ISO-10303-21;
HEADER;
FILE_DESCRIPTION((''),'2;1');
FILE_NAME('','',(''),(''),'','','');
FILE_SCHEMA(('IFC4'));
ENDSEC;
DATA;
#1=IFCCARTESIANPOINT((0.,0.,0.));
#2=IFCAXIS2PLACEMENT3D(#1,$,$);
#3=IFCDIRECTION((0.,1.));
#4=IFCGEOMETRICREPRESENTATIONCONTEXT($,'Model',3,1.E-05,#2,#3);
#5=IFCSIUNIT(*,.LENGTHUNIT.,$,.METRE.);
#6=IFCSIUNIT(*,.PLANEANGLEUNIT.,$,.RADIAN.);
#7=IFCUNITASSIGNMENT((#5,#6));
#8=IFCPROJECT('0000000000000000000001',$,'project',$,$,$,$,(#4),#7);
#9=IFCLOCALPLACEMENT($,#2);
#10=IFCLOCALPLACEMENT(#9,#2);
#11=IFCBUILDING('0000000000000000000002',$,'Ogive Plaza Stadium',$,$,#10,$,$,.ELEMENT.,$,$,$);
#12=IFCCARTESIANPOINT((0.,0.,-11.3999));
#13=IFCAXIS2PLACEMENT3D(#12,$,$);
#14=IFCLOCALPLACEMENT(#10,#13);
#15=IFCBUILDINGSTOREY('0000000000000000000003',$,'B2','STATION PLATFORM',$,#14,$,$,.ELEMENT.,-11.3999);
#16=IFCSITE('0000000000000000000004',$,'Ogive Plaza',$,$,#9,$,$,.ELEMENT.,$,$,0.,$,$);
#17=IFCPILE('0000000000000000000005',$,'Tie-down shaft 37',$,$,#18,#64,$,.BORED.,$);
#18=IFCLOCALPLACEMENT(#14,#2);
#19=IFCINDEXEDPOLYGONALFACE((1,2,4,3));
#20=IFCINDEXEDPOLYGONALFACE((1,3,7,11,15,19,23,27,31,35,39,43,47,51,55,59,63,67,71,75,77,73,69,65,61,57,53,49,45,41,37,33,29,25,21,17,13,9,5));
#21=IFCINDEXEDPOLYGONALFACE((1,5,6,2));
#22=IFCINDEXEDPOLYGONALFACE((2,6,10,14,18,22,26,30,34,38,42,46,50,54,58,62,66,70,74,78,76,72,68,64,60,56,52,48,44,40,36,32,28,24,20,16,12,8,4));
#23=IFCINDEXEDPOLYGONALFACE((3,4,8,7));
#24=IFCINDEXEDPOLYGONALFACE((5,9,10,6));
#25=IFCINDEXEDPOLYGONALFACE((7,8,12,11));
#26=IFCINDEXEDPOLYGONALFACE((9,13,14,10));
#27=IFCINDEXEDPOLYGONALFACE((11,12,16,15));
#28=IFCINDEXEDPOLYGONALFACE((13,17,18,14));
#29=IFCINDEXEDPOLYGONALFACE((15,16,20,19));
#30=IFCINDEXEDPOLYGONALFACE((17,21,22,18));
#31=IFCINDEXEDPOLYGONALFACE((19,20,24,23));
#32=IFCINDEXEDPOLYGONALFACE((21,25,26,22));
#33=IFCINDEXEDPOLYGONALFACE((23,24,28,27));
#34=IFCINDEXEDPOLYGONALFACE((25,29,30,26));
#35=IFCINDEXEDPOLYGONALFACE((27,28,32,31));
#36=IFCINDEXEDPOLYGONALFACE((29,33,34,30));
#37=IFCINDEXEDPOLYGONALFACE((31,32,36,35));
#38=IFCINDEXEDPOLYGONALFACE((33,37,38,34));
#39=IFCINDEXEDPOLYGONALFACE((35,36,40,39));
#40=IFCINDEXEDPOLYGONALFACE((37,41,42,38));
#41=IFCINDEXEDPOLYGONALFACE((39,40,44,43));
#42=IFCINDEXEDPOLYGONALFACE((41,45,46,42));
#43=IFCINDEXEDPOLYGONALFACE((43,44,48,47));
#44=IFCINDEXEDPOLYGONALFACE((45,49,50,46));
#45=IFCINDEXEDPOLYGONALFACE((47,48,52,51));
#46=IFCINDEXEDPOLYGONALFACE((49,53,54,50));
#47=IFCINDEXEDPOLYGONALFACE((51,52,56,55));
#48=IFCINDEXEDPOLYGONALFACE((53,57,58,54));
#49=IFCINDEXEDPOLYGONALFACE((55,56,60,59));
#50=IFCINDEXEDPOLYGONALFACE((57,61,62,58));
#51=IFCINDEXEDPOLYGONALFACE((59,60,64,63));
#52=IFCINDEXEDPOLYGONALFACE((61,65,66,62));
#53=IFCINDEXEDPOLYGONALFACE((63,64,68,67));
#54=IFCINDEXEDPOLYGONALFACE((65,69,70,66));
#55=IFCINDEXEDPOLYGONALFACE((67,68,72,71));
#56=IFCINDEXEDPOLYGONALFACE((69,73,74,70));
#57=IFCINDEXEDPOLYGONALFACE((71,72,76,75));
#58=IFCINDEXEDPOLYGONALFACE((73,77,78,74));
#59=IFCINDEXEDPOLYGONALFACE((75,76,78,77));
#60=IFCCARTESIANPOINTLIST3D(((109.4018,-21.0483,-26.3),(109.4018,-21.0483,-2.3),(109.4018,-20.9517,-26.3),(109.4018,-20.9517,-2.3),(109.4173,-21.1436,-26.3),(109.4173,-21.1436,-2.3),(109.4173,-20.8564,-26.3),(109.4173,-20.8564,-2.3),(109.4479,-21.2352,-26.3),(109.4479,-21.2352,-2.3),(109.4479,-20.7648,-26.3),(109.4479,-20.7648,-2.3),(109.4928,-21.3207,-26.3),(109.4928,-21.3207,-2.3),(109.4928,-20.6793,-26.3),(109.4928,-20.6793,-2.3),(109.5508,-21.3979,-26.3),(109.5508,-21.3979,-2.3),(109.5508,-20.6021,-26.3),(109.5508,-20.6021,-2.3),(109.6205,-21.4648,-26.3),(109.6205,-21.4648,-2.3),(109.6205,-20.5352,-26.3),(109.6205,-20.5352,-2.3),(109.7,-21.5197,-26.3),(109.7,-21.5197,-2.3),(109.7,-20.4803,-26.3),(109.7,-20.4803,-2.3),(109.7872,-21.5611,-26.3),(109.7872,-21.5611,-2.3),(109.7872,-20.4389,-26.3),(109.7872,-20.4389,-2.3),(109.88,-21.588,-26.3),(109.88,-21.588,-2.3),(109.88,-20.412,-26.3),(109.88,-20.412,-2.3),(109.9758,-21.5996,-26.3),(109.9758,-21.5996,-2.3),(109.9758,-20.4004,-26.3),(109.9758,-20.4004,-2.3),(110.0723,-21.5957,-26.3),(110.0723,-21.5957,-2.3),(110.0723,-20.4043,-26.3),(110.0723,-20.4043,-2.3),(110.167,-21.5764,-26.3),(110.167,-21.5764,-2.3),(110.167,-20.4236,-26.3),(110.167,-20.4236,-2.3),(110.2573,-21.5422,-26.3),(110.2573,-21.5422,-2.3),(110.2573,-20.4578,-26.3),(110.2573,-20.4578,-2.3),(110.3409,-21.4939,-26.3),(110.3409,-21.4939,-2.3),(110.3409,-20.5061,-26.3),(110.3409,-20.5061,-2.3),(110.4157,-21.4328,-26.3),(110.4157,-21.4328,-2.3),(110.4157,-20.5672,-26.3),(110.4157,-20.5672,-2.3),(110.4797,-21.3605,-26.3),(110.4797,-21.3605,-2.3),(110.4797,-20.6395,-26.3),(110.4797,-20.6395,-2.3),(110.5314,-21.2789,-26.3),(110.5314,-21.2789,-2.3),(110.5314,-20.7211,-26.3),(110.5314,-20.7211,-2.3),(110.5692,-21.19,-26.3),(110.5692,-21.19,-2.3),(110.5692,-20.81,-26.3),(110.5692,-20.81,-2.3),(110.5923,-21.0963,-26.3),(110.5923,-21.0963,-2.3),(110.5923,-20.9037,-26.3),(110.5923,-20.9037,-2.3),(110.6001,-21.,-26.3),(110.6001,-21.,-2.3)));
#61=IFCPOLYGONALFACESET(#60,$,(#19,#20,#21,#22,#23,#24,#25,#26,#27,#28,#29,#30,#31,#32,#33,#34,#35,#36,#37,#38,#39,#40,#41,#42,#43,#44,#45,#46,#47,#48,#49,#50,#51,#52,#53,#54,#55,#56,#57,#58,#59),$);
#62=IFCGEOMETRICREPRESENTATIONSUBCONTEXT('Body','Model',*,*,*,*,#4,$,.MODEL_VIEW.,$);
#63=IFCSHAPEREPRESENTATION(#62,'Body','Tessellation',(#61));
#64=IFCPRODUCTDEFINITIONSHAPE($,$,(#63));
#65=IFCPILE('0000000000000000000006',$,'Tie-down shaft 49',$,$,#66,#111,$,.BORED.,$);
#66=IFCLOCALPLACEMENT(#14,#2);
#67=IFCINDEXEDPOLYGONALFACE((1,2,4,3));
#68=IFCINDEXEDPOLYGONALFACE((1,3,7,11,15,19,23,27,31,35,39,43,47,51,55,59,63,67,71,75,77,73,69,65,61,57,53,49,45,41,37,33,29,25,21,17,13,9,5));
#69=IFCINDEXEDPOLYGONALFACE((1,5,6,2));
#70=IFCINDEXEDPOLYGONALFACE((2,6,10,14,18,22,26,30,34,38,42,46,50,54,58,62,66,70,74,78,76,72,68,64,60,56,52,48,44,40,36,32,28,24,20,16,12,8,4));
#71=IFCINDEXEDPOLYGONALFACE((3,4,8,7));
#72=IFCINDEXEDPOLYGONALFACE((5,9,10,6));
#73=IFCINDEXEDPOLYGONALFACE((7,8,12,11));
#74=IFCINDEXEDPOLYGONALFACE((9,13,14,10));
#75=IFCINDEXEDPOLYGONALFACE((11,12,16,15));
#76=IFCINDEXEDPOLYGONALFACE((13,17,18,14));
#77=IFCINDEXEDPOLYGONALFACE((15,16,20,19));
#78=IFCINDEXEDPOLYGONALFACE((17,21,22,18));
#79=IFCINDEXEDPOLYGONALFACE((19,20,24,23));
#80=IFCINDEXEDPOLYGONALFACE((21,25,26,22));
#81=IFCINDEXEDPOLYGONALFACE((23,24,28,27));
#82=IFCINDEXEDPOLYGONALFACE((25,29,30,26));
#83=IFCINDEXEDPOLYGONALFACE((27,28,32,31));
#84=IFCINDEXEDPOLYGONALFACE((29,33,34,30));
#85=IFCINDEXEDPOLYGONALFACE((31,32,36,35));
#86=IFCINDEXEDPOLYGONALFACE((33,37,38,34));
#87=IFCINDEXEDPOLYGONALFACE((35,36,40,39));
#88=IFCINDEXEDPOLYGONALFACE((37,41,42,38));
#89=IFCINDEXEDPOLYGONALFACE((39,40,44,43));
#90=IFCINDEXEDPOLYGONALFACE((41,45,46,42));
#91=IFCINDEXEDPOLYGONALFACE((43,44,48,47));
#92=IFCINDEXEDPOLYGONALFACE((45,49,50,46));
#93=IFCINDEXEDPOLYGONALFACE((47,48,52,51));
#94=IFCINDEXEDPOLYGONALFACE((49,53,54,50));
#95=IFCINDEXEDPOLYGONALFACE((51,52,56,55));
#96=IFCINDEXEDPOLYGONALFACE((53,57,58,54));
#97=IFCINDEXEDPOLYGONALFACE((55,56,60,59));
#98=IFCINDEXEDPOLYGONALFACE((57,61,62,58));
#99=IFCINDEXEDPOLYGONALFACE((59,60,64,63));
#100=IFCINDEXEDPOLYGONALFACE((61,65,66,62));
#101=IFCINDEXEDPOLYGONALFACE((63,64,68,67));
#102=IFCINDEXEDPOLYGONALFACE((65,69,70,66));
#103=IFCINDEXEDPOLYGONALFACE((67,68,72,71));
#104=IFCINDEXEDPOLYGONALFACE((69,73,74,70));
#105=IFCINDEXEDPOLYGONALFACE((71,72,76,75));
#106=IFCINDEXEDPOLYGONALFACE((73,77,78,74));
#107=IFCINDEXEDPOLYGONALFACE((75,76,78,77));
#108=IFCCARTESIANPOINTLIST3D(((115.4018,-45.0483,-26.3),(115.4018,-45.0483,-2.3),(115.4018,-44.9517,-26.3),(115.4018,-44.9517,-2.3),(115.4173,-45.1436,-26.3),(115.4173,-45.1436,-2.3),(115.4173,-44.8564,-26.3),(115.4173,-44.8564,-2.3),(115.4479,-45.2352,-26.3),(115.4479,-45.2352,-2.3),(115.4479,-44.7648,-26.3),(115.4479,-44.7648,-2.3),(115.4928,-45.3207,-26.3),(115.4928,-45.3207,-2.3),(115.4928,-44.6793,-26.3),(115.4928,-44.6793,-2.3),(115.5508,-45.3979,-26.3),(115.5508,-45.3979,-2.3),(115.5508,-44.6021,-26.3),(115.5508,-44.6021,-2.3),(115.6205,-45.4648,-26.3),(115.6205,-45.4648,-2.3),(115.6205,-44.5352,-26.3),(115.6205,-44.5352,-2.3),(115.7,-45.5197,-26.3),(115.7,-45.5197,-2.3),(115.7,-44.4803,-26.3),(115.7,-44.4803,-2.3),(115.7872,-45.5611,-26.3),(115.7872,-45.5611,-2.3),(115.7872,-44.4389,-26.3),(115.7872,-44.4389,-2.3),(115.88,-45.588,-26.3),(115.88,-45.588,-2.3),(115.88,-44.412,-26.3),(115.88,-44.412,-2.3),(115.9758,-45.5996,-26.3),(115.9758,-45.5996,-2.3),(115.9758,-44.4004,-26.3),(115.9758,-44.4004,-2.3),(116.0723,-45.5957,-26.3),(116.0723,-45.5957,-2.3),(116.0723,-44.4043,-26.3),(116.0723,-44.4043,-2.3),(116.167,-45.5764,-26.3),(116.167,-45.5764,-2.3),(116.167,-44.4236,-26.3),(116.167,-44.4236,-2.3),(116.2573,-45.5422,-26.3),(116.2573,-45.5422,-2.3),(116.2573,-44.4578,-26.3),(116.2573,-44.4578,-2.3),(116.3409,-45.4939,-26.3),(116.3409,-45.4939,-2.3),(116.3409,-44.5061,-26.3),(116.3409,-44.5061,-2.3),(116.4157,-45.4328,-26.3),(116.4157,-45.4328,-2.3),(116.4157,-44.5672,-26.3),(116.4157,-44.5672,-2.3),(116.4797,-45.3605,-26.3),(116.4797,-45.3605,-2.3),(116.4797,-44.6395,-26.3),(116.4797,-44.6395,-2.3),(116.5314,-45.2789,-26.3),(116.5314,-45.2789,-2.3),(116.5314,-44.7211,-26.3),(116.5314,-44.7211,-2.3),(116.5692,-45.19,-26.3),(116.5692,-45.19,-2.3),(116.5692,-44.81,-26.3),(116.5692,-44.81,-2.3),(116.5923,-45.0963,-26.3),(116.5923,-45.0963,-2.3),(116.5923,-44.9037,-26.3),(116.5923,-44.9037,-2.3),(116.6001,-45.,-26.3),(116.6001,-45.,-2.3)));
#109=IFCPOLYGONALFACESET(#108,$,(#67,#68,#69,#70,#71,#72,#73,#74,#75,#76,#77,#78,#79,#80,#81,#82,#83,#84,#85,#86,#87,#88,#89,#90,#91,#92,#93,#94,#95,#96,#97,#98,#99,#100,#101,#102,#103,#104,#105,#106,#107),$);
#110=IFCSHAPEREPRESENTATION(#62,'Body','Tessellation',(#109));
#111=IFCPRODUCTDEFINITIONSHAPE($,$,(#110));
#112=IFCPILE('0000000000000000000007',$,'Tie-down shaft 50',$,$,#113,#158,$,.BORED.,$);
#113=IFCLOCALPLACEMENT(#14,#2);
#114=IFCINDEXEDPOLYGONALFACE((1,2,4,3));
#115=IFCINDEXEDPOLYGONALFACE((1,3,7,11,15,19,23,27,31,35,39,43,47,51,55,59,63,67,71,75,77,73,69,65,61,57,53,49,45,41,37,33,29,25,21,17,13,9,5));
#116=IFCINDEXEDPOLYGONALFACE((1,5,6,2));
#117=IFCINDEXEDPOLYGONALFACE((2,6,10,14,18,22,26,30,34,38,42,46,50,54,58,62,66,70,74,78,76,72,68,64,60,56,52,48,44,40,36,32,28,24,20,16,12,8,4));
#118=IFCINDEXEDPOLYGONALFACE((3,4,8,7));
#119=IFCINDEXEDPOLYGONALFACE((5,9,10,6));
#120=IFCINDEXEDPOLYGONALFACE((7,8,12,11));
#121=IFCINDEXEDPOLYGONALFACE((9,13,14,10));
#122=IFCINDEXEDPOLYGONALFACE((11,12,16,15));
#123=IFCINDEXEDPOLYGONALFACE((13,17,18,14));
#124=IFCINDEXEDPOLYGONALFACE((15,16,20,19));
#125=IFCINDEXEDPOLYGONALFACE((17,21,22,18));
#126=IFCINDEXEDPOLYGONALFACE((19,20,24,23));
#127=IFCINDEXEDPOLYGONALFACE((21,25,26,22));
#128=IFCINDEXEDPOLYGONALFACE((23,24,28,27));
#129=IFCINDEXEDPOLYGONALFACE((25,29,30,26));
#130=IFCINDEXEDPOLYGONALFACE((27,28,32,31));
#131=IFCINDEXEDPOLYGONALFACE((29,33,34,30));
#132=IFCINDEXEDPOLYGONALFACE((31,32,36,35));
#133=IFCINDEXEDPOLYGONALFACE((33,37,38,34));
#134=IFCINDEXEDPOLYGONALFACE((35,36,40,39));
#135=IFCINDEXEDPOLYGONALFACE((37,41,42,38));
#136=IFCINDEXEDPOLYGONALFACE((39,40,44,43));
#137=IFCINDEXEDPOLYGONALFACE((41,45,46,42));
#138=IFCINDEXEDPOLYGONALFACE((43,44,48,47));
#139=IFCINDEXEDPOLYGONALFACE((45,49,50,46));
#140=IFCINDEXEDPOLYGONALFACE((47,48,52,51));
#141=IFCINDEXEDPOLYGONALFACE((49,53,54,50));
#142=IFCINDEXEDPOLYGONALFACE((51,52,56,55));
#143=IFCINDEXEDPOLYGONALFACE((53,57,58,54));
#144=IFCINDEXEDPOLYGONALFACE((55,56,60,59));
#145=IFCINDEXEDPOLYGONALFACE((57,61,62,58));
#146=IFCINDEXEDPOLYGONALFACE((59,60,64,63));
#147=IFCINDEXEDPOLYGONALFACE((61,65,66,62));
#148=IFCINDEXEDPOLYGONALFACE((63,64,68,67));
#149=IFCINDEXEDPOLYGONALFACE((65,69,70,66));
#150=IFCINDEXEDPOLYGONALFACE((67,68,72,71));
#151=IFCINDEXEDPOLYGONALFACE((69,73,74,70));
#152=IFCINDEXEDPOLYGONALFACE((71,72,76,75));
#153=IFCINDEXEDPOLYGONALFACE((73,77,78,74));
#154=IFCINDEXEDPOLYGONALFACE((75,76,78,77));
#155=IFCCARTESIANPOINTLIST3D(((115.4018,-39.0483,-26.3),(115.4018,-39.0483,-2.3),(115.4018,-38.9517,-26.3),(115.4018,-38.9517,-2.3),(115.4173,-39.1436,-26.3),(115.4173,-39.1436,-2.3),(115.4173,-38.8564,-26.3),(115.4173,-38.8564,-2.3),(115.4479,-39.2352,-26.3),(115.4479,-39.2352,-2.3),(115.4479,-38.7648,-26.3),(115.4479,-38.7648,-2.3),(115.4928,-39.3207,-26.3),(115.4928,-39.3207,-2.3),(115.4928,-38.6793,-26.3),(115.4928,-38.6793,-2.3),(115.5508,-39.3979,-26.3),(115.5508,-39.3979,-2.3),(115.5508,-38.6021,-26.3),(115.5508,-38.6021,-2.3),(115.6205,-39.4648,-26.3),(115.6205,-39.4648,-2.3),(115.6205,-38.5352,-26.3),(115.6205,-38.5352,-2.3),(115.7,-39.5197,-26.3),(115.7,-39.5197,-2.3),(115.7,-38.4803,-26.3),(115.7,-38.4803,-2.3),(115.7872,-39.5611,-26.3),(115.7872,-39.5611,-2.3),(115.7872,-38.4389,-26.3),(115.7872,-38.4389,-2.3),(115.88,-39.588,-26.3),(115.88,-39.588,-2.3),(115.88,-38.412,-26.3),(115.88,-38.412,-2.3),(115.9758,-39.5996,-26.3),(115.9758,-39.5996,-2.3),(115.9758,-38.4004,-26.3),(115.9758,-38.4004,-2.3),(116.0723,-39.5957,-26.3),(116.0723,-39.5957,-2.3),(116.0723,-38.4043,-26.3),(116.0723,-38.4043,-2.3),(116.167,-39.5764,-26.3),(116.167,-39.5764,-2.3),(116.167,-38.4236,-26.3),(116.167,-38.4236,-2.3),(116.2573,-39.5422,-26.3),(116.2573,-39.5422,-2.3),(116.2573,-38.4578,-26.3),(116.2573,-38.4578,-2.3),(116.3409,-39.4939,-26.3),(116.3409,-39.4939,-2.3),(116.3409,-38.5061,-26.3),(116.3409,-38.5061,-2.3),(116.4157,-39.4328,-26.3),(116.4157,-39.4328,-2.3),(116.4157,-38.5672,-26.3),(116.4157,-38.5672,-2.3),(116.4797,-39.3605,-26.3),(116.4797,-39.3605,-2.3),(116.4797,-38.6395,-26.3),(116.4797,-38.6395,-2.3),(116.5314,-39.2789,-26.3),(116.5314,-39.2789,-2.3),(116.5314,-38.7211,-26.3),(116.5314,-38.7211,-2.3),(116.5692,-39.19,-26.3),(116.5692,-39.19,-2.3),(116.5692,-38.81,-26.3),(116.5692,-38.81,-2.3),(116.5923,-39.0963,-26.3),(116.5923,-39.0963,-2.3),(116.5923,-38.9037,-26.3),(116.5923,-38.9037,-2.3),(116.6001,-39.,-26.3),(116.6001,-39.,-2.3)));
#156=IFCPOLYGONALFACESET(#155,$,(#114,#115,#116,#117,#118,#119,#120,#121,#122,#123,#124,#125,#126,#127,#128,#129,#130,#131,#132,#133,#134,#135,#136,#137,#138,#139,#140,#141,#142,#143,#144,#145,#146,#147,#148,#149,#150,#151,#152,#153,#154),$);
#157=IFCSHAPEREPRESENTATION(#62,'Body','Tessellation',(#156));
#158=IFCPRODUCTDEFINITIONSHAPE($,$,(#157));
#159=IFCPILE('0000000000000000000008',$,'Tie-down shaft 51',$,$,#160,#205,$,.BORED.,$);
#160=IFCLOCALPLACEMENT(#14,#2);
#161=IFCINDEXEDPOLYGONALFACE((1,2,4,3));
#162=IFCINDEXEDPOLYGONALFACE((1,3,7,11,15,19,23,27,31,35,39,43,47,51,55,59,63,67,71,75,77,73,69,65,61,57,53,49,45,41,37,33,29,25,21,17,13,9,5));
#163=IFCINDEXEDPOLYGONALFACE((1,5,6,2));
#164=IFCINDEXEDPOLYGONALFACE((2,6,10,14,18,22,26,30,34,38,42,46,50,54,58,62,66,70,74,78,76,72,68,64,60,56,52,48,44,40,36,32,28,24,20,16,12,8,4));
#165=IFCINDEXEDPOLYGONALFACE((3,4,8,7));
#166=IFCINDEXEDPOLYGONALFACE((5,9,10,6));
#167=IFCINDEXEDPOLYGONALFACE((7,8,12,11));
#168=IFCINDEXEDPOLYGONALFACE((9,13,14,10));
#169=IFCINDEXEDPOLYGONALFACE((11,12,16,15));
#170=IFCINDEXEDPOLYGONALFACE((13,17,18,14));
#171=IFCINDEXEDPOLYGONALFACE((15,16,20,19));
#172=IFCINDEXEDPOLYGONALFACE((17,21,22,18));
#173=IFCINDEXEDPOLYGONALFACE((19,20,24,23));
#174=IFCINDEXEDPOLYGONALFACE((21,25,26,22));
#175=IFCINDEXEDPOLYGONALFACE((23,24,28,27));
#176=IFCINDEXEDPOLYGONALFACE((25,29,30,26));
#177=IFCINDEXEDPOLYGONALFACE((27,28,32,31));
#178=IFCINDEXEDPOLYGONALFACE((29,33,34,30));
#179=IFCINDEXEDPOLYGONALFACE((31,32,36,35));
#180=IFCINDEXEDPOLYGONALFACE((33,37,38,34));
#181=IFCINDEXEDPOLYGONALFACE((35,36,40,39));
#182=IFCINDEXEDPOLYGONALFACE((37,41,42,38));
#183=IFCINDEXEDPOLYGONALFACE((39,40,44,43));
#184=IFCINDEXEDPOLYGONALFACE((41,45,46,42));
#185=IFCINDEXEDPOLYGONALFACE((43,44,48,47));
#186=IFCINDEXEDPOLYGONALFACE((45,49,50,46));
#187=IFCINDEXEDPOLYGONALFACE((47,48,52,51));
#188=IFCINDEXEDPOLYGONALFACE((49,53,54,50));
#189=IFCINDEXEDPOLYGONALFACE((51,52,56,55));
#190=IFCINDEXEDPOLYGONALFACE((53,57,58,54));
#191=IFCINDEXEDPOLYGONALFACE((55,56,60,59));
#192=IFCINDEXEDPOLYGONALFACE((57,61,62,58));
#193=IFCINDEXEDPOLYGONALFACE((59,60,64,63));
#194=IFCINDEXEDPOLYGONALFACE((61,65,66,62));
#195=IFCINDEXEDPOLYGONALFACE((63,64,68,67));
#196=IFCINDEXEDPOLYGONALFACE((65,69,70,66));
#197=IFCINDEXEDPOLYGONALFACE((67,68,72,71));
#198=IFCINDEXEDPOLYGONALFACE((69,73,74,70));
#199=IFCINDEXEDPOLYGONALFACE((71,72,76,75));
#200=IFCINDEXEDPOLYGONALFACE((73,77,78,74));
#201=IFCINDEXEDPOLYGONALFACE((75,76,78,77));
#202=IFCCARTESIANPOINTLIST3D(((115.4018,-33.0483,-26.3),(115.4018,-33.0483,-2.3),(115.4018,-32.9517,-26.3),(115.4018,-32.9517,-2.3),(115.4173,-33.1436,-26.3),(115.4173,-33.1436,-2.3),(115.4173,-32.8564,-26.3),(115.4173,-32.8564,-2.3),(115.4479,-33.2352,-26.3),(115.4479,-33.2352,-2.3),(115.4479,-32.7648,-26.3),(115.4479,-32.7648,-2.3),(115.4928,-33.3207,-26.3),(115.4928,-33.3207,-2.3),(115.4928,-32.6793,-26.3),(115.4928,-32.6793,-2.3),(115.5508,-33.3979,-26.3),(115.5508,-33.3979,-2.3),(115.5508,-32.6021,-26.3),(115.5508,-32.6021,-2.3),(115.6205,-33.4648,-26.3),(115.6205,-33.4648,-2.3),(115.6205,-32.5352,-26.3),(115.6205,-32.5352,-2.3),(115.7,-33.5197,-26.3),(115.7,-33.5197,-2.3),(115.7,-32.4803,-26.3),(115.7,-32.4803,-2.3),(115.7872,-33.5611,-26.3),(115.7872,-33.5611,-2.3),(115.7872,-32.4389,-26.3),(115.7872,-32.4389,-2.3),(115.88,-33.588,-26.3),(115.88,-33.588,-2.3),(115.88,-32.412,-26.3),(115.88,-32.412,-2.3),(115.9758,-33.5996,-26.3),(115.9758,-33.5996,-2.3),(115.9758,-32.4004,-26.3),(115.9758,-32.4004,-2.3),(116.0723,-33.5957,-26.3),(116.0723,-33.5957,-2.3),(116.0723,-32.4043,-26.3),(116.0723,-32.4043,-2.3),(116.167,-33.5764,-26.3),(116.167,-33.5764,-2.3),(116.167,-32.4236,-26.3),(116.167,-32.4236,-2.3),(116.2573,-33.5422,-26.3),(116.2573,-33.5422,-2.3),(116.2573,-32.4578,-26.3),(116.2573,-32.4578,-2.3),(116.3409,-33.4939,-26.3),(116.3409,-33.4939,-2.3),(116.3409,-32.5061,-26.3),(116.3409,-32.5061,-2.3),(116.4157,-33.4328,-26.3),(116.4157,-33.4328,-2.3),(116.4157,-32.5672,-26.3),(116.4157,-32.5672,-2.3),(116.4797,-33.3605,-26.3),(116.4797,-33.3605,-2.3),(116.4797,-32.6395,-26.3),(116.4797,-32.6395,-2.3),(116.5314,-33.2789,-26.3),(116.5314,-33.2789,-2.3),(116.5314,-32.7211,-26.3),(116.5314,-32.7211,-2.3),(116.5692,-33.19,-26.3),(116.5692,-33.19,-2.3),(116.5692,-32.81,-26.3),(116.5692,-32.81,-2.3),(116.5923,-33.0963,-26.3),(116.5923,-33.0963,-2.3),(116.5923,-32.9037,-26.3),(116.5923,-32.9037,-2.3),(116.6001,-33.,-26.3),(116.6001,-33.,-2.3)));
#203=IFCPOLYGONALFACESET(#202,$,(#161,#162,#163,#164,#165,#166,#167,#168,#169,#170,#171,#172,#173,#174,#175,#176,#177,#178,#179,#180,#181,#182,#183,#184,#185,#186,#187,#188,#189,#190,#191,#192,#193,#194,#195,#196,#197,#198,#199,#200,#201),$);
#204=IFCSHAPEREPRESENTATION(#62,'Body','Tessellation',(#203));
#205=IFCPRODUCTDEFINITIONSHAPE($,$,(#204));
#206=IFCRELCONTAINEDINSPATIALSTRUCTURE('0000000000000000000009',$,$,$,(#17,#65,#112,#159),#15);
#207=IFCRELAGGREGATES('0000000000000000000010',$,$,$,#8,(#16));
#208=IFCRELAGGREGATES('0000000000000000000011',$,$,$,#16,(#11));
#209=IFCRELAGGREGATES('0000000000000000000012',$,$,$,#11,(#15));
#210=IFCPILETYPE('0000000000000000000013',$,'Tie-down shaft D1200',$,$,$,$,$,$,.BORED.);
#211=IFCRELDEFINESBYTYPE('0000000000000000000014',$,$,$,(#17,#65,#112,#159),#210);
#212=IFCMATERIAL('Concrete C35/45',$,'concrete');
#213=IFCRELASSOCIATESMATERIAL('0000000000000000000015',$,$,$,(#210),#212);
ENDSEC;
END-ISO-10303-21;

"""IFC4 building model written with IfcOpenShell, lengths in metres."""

from ifc_helpers import new_model, si_unit, direction, frame, origin, origin_2d, place, context, subcontext, project, spatial, circle, extrude, material, material_profile, profile_set, type_object, element, save


model = new_model("IFC4")

# Units and contexts
model_context = context("Model", 3, precision=1e-05, world=origin(), true_north=direction((0.0, 1.0)))
body_context = subcontext(model_context, "Body", "Model", "MODEL_VIEW")
ifc_project = project(units=[si_unit("LENGTHUNIT", "METRE"), si_unit("PLANEANGLEUNIT", "RADIAN")], contexts=[model_context])

# Site, building, storey
site_placement = place(None, origin())
site = spatial("IfcSite", under=ifc_project, at=site_placement, Name="Ogive Plaza", CompositionType="ELEMENT", RefElevation=0.0)
building_placement = place(site_placement, origin())
building = spatial("IfcBuilding", under=site, at=building_placement, Name="Ogive Plaza Stadium", CompositionType="ELEMENT")
storey_placement = place(building_placement, frame((0.0, 0.0, -11.3999)))
storey = spatial("IfcBuildingStorey", under=building, at=storey_placement, Name="B2", Description="STATION PLATFORM", CompositionType="ELEMENT", Elevation=-11.3999)

# Piles
ifc_material_1 = material(Name="Concrete C35/45", Category="concrete")
ifc_material_profile_1 = material_profile(ifc_material_1, circle(Radius=0.6001, at=origin_2d()), Name="Tie-down shaft D1200")
ifc_profile_set_1 = profile_set([ifc_material_profile_1], Name="Concrete C35/45")
pile_type = type_object("IfcPileType", Name="Tie-down shaft D1200", PredefinedType="BORED", material=ifc_profile_set_1)
for number, where, z_axis, x_axis, name in (
    (1, (110.0, -21.0, -2.3), (0.0, 0.0, -1.0), (1.0, 0.0, 0.0), "Tie-down shaft 37"),
    (2, (116.0, -45.0, -2.3), (0.0, 0.0, -1.0), (1.0, 0.0, 0.0), "Tie-down shaft 49"),
    (3, (116.0, -39.0, -2.3), (0.0, 0.0, -1.0), (1.0, 0.0, 0.0), "Tie-down shaft 50"),
    (4, (116.0, -33.0, -2.3), (0.0, 0.0, -1.0), (1.0, 0.0, 0.0), "Tie-down shaft 51"),
):
    element("IfcPile", number, at=place(storey_placement, frame(where, z_axis=z_axis, x_axis=x_axis)), inside=storey, type_object=pile_type, Name=name, PredefinedType="BORED", context=body_context, shape_type="SweptSolid", body=[
        extrude(circle(Radius=0.6001, at=origin_2d()), origin(), (0.0, 0.0, 1.0), 24.0),
    ])

save(model, "model.ifc")
